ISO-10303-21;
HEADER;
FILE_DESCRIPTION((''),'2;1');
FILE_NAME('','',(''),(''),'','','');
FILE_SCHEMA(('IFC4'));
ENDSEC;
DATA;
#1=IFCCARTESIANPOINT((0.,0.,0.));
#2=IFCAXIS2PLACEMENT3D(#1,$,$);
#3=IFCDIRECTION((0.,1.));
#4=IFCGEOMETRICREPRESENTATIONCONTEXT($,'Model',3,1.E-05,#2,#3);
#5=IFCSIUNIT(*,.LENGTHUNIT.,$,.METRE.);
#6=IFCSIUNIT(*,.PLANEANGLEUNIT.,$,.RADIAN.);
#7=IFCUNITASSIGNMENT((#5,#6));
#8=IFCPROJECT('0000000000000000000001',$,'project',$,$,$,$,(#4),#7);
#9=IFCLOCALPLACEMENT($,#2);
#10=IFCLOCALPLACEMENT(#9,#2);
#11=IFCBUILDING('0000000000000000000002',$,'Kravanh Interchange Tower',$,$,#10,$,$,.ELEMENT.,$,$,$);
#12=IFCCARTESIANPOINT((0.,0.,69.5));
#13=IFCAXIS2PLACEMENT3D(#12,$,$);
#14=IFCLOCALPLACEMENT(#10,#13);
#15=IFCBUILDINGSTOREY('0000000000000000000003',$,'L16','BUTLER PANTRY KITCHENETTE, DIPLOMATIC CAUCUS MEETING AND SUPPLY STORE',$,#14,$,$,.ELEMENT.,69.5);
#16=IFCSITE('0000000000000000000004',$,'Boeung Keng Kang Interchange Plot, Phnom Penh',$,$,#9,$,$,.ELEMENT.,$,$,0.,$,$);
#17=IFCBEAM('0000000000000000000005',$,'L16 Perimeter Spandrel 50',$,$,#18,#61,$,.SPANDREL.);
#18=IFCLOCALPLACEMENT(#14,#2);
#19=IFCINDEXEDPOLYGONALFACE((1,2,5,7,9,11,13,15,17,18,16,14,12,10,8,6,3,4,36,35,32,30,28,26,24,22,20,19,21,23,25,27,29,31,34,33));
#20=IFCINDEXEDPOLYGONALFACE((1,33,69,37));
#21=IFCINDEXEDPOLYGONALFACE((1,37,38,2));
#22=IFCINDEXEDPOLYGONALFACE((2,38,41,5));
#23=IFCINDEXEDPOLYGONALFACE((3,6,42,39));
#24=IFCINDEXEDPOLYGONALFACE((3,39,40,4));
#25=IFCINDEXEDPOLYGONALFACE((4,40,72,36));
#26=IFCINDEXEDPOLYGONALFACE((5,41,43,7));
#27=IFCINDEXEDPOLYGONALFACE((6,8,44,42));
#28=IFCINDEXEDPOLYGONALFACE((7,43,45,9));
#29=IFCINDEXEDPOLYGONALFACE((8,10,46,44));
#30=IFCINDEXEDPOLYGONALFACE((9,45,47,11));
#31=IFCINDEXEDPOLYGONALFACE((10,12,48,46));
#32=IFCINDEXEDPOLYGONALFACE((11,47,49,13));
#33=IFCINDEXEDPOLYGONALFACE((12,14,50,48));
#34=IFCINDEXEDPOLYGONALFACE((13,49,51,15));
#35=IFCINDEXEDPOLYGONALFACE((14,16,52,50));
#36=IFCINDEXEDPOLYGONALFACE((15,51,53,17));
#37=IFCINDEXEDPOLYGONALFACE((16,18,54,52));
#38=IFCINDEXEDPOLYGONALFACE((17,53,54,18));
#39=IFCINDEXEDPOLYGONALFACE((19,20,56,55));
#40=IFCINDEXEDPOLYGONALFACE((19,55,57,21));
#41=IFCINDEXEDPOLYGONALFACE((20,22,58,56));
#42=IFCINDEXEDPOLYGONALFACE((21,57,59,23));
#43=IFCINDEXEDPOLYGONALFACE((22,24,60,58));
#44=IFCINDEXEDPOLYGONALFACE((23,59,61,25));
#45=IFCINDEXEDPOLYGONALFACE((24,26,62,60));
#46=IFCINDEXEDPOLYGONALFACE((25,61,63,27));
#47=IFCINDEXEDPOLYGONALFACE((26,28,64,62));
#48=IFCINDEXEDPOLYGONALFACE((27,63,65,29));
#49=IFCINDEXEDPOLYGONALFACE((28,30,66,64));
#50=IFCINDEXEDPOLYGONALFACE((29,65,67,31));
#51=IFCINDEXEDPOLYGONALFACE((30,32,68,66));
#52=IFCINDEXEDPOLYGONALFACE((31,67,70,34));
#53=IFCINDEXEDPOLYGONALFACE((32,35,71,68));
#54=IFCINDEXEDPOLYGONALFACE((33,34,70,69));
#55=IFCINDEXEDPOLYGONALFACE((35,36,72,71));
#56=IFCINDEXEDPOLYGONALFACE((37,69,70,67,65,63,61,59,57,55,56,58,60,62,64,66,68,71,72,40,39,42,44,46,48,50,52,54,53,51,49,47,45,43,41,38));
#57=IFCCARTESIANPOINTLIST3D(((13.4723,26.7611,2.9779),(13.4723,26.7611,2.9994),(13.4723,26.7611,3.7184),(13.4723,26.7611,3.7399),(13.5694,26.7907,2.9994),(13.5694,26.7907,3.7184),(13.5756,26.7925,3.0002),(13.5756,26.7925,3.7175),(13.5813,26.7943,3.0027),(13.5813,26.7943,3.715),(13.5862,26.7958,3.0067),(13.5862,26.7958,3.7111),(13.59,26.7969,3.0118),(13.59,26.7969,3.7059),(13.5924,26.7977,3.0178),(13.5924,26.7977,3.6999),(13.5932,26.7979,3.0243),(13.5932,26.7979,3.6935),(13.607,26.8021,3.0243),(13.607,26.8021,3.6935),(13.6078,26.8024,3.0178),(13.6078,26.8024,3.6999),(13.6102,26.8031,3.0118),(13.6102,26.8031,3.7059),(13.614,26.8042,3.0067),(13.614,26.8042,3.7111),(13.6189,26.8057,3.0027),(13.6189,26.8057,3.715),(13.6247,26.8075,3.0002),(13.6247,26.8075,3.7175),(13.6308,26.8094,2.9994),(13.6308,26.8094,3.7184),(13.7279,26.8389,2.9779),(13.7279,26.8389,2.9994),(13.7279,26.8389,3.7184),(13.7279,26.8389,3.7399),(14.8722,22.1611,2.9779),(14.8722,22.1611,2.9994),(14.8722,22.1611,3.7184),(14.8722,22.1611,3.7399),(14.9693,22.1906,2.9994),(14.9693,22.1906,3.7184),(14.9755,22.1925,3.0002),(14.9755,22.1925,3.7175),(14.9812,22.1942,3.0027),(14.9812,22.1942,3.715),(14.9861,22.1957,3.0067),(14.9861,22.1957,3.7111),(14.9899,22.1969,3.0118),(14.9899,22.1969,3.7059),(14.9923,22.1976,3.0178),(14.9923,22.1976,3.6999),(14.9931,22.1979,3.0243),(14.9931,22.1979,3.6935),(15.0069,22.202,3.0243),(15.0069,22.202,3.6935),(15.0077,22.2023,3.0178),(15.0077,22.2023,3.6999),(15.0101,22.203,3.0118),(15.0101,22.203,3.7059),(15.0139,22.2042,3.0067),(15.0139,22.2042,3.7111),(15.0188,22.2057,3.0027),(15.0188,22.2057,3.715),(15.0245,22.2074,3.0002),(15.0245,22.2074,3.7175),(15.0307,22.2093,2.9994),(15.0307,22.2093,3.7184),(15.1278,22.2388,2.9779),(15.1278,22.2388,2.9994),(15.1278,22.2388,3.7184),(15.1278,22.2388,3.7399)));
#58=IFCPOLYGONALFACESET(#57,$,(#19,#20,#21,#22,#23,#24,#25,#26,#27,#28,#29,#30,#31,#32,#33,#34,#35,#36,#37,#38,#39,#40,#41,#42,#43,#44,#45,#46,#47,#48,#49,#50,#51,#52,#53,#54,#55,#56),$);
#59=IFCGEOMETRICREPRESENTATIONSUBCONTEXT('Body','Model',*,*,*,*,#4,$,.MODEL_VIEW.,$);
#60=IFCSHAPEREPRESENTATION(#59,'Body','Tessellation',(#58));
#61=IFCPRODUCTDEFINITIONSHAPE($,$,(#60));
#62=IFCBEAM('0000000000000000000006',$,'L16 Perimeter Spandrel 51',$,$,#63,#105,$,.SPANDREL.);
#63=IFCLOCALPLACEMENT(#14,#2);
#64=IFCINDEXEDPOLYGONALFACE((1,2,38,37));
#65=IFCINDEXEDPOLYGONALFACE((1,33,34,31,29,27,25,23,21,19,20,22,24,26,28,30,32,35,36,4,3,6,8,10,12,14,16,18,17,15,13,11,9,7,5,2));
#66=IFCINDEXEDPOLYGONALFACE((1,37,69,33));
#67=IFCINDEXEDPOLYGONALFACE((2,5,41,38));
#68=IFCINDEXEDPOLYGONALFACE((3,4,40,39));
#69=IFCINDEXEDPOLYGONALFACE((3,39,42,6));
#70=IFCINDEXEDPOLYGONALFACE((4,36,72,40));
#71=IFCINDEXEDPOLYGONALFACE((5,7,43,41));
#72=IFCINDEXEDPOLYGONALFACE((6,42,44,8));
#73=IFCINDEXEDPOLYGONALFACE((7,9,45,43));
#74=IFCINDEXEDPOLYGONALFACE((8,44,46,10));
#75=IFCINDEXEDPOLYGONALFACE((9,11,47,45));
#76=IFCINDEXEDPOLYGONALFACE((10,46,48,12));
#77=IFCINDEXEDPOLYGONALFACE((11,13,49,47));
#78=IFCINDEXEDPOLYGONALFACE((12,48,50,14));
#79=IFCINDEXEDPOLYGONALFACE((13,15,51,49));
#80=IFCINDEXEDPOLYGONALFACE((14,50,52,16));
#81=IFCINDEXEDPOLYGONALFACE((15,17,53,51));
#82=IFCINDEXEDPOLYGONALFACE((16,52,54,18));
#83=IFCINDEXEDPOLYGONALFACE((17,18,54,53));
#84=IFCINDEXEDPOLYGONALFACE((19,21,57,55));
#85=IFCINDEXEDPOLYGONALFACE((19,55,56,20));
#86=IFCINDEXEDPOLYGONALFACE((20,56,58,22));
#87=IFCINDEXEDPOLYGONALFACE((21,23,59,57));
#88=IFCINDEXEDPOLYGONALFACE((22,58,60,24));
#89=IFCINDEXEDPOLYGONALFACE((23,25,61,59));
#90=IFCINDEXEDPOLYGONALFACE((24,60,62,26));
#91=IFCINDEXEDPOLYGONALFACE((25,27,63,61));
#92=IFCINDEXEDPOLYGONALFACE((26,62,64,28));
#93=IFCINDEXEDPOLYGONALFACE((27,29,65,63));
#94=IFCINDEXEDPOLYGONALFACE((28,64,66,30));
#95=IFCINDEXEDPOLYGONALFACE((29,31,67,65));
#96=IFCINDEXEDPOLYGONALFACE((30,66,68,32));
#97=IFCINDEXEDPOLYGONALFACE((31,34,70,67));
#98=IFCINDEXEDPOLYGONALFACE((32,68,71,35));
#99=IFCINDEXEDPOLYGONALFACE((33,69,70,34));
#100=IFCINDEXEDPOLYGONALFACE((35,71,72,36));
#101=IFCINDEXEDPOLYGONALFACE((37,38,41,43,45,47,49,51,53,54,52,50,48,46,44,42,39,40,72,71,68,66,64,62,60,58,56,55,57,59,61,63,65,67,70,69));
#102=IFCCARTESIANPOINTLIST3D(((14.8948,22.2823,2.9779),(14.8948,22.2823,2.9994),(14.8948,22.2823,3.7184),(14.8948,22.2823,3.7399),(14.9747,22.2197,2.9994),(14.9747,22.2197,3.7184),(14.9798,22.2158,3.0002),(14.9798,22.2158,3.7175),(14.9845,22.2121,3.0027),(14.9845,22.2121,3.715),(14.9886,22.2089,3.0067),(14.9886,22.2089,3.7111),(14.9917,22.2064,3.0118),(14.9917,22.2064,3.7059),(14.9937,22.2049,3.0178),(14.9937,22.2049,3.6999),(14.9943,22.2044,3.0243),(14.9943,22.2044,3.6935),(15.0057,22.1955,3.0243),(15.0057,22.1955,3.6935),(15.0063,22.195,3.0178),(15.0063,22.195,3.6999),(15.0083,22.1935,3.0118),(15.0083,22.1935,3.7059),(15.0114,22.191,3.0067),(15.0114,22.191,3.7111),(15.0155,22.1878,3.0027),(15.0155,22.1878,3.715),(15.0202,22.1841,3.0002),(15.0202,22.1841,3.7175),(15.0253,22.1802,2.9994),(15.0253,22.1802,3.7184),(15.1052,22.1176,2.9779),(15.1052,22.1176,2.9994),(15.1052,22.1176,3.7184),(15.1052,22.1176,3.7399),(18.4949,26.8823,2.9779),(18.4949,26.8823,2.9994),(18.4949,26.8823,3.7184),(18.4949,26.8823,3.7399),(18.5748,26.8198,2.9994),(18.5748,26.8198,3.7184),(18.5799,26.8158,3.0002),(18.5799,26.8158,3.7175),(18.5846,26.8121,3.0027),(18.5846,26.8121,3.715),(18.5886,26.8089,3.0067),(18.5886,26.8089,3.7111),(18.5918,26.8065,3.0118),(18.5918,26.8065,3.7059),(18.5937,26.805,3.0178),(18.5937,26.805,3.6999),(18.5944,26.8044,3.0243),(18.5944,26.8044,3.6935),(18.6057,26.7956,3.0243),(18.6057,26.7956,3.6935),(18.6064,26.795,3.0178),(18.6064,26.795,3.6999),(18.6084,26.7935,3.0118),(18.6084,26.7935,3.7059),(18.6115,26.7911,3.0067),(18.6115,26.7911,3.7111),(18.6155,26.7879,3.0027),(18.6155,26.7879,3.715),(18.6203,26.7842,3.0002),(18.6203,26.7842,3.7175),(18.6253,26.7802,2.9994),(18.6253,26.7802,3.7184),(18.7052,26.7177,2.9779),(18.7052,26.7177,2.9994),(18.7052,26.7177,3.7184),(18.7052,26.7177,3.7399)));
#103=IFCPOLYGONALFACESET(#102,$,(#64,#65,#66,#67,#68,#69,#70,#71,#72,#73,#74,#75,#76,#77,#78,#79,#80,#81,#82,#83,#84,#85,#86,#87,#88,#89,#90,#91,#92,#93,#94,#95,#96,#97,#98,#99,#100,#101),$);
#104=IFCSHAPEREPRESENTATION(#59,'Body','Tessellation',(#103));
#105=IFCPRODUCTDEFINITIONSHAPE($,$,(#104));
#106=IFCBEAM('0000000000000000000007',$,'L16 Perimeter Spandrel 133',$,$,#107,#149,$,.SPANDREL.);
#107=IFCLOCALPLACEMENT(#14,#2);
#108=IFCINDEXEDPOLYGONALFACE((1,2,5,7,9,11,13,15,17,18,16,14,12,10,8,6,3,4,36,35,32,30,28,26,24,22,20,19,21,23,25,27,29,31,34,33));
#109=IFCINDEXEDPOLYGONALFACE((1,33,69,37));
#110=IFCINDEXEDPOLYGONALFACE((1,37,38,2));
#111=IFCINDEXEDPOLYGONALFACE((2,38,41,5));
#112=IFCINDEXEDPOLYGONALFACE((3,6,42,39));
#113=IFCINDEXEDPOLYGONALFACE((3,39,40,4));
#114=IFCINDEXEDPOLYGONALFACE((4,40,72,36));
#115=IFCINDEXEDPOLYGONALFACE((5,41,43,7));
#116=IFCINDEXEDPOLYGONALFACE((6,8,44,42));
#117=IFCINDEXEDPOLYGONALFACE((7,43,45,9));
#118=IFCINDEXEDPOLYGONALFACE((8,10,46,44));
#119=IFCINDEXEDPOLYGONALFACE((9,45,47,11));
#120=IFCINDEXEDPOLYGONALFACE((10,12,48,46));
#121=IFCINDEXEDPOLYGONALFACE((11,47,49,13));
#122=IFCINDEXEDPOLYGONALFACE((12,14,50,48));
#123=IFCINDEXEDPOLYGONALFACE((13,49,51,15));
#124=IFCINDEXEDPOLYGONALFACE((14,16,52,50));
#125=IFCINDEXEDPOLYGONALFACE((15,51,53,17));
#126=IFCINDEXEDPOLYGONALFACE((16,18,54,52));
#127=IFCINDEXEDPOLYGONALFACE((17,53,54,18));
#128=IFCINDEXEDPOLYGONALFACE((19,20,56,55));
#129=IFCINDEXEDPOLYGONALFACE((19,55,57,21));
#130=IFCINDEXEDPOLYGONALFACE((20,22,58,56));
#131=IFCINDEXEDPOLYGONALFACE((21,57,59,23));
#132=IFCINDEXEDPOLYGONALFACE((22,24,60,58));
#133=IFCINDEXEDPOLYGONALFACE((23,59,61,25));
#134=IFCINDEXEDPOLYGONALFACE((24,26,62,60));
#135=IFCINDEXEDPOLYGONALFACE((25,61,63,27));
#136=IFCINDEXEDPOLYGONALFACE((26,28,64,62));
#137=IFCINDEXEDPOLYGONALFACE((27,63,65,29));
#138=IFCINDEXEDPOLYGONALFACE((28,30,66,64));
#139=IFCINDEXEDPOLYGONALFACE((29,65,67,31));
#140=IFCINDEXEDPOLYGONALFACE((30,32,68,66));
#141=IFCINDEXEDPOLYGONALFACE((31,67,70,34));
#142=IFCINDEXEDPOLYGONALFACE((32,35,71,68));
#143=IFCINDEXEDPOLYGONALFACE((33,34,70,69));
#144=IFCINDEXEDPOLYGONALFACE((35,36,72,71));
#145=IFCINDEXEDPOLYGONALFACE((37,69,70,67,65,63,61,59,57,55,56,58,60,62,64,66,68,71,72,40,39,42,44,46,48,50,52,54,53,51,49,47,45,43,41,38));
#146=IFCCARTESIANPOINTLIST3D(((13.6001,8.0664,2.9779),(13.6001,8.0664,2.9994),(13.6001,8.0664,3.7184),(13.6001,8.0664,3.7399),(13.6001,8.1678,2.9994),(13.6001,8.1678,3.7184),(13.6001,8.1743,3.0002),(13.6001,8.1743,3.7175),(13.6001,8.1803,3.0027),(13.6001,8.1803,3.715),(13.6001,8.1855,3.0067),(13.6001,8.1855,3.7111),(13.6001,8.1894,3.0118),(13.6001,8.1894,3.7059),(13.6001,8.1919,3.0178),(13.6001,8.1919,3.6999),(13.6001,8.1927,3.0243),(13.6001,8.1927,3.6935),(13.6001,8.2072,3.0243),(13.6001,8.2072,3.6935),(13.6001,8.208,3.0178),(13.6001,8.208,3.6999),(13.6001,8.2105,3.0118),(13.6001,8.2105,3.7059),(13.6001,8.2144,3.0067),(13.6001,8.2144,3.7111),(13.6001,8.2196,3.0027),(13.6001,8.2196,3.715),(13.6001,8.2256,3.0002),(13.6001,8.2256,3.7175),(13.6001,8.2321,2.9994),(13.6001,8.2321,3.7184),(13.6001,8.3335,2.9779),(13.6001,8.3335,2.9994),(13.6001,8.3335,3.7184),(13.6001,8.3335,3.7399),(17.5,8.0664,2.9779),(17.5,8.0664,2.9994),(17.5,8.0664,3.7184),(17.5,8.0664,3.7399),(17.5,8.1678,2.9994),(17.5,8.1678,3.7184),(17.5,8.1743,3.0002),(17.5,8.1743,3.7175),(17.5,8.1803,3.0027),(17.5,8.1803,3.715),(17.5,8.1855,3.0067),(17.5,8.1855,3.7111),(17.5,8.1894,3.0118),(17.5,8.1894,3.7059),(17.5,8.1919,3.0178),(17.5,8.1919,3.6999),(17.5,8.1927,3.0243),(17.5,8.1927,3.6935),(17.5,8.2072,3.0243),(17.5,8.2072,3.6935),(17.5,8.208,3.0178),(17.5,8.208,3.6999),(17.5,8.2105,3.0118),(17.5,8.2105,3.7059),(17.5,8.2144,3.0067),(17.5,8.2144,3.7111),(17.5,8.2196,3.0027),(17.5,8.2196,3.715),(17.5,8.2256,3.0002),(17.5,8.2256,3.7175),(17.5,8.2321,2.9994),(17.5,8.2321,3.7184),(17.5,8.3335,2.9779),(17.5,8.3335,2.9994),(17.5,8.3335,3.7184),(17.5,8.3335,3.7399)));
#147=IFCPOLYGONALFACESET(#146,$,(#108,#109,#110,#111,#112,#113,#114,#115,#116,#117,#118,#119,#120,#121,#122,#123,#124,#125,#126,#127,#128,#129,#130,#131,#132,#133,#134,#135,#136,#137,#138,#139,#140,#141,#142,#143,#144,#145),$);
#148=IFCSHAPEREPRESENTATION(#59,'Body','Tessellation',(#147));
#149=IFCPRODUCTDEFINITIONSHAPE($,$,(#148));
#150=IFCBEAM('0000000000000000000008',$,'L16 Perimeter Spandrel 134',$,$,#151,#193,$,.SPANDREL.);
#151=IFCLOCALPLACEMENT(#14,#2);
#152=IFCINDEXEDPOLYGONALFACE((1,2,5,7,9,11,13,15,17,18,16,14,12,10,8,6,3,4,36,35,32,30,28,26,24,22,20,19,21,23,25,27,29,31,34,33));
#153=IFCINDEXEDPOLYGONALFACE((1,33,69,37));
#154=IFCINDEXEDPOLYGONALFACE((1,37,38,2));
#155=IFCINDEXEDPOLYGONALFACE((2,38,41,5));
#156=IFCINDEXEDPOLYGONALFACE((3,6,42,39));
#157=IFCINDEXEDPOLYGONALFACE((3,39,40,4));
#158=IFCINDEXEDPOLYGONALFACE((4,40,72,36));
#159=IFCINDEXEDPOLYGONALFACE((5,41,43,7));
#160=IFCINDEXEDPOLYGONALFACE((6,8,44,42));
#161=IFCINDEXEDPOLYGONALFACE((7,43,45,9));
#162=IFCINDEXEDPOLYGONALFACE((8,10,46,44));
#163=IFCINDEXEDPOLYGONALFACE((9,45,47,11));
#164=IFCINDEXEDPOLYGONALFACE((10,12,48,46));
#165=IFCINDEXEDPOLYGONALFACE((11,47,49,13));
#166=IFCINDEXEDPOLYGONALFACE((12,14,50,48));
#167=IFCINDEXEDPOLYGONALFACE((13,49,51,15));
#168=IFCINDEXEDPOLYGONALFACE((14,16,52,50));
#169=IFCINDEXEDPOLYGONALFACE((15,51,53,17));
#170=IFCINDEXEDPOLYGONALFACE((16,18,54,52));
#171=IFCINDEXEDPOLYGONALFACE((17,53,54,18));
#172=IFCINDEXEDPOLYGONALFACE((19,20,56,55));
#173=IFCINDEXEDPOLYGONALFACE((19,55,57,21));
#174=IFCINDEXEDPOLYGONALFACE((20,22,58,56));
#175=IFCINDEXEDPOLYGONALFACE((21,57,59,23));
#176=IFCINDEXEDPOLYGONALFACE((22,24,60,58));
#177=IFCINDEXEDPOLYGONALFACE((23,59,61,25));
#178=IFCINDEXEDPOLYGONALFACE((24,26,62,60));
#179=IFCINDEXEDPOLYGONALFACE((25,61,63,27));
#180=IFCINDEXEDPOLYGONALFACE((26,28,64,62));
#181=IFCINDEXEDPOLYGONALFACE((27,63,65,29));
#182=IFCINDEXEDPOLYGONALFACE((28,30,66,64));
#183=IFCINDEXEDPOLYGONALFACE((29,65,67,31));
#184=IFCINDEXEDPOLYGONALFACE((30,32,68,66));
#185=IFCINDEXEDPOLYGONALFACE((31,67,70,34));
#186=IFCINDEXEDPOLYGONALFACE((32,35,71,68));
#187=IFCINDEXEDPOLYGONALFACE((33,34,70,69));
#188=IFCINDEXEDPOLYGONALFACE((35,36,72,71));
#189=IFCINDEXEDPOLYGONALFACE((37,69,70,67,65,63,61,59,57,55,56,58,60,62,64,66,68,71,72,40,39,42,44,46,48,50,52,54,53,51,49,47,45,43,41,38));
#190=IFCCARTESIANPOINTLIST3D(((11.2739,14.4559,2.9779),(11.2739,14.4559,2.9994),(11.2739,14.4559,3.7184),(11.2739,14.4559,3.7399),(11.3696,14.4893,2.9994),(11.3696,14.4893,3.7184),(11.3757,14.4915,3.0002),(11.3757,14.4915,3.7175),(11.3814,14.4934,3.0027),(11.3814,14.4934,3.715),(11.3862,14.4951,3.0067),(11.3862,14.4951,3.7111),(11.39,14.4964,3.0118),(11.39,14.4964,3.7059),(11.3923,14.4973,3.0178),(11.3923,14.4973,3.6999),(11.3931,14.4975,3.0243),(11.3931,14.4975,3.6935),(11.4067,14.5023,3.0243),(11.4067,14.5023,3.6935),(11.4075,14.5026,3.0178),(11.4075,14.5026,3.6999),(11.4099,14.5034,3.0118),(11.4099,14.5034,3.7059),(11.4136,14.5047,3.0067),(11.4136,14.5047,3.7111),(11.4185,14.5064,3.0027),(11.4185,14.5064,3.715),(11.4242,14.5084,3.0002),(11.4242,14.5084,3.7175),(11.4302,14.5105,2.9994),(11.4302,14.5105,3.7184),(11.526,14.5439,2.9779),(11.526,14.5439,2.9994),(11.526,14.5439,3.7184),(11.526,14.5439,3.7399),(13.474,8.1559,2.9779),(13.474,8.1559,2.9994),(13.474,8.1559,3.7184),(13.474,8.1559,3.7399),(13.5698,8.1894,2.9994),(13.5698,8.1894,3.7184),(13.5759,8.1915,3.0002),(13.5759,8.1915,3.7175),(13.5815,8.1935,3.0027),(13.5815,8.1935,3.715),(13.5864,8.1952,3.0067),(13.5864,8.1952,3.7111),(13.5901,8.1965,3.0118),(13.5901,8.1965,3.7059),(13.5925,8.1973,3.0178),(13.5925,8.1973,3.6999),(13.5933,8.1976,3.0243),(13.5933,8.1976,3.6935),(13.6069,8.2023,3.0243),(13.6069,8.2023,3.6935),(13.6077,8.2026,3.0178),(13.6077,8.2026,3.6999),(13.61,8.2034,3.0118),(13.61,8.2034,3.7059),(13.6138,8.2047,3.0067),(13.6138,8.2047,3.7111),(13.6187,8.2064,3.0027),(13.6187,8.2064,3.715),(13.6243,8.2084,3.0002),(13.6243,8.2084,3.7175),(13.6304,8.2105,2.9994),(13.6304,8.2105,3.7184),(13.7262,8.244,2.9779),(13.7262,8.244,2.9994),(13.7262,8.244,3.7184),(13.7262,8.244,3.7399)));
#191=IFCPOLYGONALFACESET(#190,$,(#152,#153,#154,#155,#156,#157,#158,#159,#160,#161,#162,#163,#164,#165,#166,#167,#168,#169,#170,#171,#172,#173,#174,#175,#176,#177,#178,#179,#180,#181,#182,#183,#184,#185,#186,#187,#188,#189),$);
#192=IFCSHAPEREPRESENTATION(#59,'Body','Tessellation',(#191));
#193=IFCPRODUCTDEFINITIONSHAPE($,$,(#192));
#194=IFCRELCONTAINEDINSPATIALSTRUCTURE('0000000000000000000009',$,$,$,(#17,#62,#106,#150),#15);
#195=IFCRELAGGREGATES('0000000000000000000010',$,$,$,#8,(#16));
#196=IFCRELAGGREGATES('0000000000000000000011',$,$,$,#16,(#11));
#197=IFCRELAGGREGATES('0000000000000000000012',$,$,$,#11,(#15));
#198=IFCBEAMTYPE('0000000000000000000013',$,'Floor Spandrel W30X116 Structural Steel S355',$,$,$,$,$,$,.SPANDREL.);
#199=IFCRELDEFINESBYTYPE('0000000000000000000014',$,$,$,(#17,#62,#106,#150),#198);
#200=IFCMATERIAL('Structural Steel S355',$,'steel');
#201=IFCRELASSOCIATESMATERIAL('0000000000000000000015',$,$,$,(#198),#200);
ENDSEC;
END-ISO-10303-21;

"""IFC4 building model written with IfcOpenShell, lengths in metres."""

from ifc_helpers import new_model, si_unit, direction, frame, origin, origin_2d, place, context, subcontext, project, spatial, i_section, extrude, material, material_profile, profile_set, type_object, element, save


model = new_model("IFC4")

# Units and contexts
model_context = context("Model", 3, precision=1e-05, world=origin(), true_north=direction((0.0, 1.0)))
body_context = subcontext(model_context, "Body", "Model", "MODEL_VIEW")
ifc_project = project(units=[si_unit("LENGTHUNIT", "METRE"), si_unit("PLANEANGLEUNIT", "RADIAN")], contexts=[model_context])

# Site, building, storey
site_placement = place(None, origin())
site = spatial("IfcSite", under=ifc_project, at=site_placement, Name="Boeung Keng Kang Interchange Plot, Phnom Penh", CompositionType="ELEMENT", RefElevation=0.0)
building_placement = place(site_placement, origin())
building = spatial("IfcBuilding", under=site, at=building_placement, Name="Kravanh Interchange Tower", CompositionType="ELEMENT")
storey_placement = place(building_placement, frame((0.0, 0.0, 69.5)))
storey = spatial("IfcBuildingStorey", under=building, at=storey_placement, Name="L16", Description="BUTLER PANTRY KITCHENETTE, DIPLOMATIC CAUCUS MEETING AND SUPPLY STORE", CompositionType="ELEMENT", Elevation=69.5)

# Beams
ifc_material_1 = material(Name="Structural Steel S355", Category="steel")
ifc_material_profile_1 = material_profile(ifc_material_1, i_section(OverallWidth=0.2671, OverallDepth=0.762, WebThickness=0.0144, FlangeThickness=0.0215, FilletRadius=0.0249, at=origin_2d()), Name="W30X116")
ifc_profile_set_1 = profile_set([ifc_material_profile_1], Name="Structural Steel S355")
beam_type_1 = type_object("IfcBeamType", Name="Floor Spandrel W30X116 Structural Steel S355", PredefinedType="SPANDREL", material=ifc_profile_set_1)
beam_1_placement = place(storey_placement, frame((15.0, 22.2, 3.3589), z_axis=(-0.291137, 0.956681, 0.0), x_axis=(-0.956681, -0.291137, 0.0)))
element("IfcBeam", 1, at=beam_1_placement, inside=storey, type_object=beam_type_1, Name="L16 Perimeter Spandrel 50", PredefinedType="SPANDREL", context=body_context, shape_type="SweptSolid", body=[
    extrude(i_section(OverallWidth=0.2671, OverallDepth=0.762, WebThickness=0.0144, FlangeThickness=0.0215, FilletRadius=0.0249, at=origin_2d()), origin(), (0.0, 0.0, 1.0), 4.8083),
])
beam_2_placement = place(storey_placement, frame((15.0, 22.2, 3.3589), z_axis=(0.616311, 0.787503, 0.0), x_axis=(-0.787503, 0.616311, 0.0)))
element("IfcBeam", 2, at=beam_2_placement, inside=storey, type_object=beam_type_1, Name="L16 Perimeter Spandrel 51", PredefinedType="SPANDREL", context=body_context, shape_type="SweptSolid", body=[
    extrude(i_section(OverallWidth=0.2671, OverallDepth=0.762, WebThickness=0.0144, FlangeThickness=0.0215, FilletRadius=0.0249, at=origin_2d()), origin(), (0.0, 0.0, 1.0), 5.8413),
])
beam_3_placement = place(storey_placement, frame((13.6001, 8.2, 3.3589), z_axis=(1.0, 0.0, 0.0), x_axis=(0.0, 1.0, 0.0)))
element("IfcBeam", 3, at=beam_3_placement, inside=storey, type_object=beam_type_1, Name="L16 Perimeter Spandrel 133", PredefinedType="SPANDREL", context=body_context, shape_type="SweptSolid", body=[
    extrude(i_section(OverallWidth=0.2671, OverallDepth=0.762, WebThickness=0.0144, FlangeThickness=0.0215, FilletRadius=0.0249, at=origin_2d()), origin(), (0.0, 0.0, 1.0), 3.8999),
])
beam_4_placement = place(storey_placement, frame((13.6001, 8.2, 3.3589), z_axis=(-0.329707, 0.944083, 0.0), x_axis=(-0.944083, -0.329707, 0.0)))
element("IfcBeam", 4, at=beam_4_placement, inside=storey, type_object=beam_type_1, Name="L16 Perimeter Spandrel 134", PredefinedType="SPANDREL", context=body_context, shape_type="SweptSolid", body=[
    extrude(i_section(OverallWidth=0.2671, OverallDepth=0.762, WebThickness=0.0144, FlangeThickness=0.0215, FilletRadius=0.0249, at=origin_2d()), origin(), (0.0, 0.0, 1.0), 6.6731),
])

save(model, "model.ifc")
